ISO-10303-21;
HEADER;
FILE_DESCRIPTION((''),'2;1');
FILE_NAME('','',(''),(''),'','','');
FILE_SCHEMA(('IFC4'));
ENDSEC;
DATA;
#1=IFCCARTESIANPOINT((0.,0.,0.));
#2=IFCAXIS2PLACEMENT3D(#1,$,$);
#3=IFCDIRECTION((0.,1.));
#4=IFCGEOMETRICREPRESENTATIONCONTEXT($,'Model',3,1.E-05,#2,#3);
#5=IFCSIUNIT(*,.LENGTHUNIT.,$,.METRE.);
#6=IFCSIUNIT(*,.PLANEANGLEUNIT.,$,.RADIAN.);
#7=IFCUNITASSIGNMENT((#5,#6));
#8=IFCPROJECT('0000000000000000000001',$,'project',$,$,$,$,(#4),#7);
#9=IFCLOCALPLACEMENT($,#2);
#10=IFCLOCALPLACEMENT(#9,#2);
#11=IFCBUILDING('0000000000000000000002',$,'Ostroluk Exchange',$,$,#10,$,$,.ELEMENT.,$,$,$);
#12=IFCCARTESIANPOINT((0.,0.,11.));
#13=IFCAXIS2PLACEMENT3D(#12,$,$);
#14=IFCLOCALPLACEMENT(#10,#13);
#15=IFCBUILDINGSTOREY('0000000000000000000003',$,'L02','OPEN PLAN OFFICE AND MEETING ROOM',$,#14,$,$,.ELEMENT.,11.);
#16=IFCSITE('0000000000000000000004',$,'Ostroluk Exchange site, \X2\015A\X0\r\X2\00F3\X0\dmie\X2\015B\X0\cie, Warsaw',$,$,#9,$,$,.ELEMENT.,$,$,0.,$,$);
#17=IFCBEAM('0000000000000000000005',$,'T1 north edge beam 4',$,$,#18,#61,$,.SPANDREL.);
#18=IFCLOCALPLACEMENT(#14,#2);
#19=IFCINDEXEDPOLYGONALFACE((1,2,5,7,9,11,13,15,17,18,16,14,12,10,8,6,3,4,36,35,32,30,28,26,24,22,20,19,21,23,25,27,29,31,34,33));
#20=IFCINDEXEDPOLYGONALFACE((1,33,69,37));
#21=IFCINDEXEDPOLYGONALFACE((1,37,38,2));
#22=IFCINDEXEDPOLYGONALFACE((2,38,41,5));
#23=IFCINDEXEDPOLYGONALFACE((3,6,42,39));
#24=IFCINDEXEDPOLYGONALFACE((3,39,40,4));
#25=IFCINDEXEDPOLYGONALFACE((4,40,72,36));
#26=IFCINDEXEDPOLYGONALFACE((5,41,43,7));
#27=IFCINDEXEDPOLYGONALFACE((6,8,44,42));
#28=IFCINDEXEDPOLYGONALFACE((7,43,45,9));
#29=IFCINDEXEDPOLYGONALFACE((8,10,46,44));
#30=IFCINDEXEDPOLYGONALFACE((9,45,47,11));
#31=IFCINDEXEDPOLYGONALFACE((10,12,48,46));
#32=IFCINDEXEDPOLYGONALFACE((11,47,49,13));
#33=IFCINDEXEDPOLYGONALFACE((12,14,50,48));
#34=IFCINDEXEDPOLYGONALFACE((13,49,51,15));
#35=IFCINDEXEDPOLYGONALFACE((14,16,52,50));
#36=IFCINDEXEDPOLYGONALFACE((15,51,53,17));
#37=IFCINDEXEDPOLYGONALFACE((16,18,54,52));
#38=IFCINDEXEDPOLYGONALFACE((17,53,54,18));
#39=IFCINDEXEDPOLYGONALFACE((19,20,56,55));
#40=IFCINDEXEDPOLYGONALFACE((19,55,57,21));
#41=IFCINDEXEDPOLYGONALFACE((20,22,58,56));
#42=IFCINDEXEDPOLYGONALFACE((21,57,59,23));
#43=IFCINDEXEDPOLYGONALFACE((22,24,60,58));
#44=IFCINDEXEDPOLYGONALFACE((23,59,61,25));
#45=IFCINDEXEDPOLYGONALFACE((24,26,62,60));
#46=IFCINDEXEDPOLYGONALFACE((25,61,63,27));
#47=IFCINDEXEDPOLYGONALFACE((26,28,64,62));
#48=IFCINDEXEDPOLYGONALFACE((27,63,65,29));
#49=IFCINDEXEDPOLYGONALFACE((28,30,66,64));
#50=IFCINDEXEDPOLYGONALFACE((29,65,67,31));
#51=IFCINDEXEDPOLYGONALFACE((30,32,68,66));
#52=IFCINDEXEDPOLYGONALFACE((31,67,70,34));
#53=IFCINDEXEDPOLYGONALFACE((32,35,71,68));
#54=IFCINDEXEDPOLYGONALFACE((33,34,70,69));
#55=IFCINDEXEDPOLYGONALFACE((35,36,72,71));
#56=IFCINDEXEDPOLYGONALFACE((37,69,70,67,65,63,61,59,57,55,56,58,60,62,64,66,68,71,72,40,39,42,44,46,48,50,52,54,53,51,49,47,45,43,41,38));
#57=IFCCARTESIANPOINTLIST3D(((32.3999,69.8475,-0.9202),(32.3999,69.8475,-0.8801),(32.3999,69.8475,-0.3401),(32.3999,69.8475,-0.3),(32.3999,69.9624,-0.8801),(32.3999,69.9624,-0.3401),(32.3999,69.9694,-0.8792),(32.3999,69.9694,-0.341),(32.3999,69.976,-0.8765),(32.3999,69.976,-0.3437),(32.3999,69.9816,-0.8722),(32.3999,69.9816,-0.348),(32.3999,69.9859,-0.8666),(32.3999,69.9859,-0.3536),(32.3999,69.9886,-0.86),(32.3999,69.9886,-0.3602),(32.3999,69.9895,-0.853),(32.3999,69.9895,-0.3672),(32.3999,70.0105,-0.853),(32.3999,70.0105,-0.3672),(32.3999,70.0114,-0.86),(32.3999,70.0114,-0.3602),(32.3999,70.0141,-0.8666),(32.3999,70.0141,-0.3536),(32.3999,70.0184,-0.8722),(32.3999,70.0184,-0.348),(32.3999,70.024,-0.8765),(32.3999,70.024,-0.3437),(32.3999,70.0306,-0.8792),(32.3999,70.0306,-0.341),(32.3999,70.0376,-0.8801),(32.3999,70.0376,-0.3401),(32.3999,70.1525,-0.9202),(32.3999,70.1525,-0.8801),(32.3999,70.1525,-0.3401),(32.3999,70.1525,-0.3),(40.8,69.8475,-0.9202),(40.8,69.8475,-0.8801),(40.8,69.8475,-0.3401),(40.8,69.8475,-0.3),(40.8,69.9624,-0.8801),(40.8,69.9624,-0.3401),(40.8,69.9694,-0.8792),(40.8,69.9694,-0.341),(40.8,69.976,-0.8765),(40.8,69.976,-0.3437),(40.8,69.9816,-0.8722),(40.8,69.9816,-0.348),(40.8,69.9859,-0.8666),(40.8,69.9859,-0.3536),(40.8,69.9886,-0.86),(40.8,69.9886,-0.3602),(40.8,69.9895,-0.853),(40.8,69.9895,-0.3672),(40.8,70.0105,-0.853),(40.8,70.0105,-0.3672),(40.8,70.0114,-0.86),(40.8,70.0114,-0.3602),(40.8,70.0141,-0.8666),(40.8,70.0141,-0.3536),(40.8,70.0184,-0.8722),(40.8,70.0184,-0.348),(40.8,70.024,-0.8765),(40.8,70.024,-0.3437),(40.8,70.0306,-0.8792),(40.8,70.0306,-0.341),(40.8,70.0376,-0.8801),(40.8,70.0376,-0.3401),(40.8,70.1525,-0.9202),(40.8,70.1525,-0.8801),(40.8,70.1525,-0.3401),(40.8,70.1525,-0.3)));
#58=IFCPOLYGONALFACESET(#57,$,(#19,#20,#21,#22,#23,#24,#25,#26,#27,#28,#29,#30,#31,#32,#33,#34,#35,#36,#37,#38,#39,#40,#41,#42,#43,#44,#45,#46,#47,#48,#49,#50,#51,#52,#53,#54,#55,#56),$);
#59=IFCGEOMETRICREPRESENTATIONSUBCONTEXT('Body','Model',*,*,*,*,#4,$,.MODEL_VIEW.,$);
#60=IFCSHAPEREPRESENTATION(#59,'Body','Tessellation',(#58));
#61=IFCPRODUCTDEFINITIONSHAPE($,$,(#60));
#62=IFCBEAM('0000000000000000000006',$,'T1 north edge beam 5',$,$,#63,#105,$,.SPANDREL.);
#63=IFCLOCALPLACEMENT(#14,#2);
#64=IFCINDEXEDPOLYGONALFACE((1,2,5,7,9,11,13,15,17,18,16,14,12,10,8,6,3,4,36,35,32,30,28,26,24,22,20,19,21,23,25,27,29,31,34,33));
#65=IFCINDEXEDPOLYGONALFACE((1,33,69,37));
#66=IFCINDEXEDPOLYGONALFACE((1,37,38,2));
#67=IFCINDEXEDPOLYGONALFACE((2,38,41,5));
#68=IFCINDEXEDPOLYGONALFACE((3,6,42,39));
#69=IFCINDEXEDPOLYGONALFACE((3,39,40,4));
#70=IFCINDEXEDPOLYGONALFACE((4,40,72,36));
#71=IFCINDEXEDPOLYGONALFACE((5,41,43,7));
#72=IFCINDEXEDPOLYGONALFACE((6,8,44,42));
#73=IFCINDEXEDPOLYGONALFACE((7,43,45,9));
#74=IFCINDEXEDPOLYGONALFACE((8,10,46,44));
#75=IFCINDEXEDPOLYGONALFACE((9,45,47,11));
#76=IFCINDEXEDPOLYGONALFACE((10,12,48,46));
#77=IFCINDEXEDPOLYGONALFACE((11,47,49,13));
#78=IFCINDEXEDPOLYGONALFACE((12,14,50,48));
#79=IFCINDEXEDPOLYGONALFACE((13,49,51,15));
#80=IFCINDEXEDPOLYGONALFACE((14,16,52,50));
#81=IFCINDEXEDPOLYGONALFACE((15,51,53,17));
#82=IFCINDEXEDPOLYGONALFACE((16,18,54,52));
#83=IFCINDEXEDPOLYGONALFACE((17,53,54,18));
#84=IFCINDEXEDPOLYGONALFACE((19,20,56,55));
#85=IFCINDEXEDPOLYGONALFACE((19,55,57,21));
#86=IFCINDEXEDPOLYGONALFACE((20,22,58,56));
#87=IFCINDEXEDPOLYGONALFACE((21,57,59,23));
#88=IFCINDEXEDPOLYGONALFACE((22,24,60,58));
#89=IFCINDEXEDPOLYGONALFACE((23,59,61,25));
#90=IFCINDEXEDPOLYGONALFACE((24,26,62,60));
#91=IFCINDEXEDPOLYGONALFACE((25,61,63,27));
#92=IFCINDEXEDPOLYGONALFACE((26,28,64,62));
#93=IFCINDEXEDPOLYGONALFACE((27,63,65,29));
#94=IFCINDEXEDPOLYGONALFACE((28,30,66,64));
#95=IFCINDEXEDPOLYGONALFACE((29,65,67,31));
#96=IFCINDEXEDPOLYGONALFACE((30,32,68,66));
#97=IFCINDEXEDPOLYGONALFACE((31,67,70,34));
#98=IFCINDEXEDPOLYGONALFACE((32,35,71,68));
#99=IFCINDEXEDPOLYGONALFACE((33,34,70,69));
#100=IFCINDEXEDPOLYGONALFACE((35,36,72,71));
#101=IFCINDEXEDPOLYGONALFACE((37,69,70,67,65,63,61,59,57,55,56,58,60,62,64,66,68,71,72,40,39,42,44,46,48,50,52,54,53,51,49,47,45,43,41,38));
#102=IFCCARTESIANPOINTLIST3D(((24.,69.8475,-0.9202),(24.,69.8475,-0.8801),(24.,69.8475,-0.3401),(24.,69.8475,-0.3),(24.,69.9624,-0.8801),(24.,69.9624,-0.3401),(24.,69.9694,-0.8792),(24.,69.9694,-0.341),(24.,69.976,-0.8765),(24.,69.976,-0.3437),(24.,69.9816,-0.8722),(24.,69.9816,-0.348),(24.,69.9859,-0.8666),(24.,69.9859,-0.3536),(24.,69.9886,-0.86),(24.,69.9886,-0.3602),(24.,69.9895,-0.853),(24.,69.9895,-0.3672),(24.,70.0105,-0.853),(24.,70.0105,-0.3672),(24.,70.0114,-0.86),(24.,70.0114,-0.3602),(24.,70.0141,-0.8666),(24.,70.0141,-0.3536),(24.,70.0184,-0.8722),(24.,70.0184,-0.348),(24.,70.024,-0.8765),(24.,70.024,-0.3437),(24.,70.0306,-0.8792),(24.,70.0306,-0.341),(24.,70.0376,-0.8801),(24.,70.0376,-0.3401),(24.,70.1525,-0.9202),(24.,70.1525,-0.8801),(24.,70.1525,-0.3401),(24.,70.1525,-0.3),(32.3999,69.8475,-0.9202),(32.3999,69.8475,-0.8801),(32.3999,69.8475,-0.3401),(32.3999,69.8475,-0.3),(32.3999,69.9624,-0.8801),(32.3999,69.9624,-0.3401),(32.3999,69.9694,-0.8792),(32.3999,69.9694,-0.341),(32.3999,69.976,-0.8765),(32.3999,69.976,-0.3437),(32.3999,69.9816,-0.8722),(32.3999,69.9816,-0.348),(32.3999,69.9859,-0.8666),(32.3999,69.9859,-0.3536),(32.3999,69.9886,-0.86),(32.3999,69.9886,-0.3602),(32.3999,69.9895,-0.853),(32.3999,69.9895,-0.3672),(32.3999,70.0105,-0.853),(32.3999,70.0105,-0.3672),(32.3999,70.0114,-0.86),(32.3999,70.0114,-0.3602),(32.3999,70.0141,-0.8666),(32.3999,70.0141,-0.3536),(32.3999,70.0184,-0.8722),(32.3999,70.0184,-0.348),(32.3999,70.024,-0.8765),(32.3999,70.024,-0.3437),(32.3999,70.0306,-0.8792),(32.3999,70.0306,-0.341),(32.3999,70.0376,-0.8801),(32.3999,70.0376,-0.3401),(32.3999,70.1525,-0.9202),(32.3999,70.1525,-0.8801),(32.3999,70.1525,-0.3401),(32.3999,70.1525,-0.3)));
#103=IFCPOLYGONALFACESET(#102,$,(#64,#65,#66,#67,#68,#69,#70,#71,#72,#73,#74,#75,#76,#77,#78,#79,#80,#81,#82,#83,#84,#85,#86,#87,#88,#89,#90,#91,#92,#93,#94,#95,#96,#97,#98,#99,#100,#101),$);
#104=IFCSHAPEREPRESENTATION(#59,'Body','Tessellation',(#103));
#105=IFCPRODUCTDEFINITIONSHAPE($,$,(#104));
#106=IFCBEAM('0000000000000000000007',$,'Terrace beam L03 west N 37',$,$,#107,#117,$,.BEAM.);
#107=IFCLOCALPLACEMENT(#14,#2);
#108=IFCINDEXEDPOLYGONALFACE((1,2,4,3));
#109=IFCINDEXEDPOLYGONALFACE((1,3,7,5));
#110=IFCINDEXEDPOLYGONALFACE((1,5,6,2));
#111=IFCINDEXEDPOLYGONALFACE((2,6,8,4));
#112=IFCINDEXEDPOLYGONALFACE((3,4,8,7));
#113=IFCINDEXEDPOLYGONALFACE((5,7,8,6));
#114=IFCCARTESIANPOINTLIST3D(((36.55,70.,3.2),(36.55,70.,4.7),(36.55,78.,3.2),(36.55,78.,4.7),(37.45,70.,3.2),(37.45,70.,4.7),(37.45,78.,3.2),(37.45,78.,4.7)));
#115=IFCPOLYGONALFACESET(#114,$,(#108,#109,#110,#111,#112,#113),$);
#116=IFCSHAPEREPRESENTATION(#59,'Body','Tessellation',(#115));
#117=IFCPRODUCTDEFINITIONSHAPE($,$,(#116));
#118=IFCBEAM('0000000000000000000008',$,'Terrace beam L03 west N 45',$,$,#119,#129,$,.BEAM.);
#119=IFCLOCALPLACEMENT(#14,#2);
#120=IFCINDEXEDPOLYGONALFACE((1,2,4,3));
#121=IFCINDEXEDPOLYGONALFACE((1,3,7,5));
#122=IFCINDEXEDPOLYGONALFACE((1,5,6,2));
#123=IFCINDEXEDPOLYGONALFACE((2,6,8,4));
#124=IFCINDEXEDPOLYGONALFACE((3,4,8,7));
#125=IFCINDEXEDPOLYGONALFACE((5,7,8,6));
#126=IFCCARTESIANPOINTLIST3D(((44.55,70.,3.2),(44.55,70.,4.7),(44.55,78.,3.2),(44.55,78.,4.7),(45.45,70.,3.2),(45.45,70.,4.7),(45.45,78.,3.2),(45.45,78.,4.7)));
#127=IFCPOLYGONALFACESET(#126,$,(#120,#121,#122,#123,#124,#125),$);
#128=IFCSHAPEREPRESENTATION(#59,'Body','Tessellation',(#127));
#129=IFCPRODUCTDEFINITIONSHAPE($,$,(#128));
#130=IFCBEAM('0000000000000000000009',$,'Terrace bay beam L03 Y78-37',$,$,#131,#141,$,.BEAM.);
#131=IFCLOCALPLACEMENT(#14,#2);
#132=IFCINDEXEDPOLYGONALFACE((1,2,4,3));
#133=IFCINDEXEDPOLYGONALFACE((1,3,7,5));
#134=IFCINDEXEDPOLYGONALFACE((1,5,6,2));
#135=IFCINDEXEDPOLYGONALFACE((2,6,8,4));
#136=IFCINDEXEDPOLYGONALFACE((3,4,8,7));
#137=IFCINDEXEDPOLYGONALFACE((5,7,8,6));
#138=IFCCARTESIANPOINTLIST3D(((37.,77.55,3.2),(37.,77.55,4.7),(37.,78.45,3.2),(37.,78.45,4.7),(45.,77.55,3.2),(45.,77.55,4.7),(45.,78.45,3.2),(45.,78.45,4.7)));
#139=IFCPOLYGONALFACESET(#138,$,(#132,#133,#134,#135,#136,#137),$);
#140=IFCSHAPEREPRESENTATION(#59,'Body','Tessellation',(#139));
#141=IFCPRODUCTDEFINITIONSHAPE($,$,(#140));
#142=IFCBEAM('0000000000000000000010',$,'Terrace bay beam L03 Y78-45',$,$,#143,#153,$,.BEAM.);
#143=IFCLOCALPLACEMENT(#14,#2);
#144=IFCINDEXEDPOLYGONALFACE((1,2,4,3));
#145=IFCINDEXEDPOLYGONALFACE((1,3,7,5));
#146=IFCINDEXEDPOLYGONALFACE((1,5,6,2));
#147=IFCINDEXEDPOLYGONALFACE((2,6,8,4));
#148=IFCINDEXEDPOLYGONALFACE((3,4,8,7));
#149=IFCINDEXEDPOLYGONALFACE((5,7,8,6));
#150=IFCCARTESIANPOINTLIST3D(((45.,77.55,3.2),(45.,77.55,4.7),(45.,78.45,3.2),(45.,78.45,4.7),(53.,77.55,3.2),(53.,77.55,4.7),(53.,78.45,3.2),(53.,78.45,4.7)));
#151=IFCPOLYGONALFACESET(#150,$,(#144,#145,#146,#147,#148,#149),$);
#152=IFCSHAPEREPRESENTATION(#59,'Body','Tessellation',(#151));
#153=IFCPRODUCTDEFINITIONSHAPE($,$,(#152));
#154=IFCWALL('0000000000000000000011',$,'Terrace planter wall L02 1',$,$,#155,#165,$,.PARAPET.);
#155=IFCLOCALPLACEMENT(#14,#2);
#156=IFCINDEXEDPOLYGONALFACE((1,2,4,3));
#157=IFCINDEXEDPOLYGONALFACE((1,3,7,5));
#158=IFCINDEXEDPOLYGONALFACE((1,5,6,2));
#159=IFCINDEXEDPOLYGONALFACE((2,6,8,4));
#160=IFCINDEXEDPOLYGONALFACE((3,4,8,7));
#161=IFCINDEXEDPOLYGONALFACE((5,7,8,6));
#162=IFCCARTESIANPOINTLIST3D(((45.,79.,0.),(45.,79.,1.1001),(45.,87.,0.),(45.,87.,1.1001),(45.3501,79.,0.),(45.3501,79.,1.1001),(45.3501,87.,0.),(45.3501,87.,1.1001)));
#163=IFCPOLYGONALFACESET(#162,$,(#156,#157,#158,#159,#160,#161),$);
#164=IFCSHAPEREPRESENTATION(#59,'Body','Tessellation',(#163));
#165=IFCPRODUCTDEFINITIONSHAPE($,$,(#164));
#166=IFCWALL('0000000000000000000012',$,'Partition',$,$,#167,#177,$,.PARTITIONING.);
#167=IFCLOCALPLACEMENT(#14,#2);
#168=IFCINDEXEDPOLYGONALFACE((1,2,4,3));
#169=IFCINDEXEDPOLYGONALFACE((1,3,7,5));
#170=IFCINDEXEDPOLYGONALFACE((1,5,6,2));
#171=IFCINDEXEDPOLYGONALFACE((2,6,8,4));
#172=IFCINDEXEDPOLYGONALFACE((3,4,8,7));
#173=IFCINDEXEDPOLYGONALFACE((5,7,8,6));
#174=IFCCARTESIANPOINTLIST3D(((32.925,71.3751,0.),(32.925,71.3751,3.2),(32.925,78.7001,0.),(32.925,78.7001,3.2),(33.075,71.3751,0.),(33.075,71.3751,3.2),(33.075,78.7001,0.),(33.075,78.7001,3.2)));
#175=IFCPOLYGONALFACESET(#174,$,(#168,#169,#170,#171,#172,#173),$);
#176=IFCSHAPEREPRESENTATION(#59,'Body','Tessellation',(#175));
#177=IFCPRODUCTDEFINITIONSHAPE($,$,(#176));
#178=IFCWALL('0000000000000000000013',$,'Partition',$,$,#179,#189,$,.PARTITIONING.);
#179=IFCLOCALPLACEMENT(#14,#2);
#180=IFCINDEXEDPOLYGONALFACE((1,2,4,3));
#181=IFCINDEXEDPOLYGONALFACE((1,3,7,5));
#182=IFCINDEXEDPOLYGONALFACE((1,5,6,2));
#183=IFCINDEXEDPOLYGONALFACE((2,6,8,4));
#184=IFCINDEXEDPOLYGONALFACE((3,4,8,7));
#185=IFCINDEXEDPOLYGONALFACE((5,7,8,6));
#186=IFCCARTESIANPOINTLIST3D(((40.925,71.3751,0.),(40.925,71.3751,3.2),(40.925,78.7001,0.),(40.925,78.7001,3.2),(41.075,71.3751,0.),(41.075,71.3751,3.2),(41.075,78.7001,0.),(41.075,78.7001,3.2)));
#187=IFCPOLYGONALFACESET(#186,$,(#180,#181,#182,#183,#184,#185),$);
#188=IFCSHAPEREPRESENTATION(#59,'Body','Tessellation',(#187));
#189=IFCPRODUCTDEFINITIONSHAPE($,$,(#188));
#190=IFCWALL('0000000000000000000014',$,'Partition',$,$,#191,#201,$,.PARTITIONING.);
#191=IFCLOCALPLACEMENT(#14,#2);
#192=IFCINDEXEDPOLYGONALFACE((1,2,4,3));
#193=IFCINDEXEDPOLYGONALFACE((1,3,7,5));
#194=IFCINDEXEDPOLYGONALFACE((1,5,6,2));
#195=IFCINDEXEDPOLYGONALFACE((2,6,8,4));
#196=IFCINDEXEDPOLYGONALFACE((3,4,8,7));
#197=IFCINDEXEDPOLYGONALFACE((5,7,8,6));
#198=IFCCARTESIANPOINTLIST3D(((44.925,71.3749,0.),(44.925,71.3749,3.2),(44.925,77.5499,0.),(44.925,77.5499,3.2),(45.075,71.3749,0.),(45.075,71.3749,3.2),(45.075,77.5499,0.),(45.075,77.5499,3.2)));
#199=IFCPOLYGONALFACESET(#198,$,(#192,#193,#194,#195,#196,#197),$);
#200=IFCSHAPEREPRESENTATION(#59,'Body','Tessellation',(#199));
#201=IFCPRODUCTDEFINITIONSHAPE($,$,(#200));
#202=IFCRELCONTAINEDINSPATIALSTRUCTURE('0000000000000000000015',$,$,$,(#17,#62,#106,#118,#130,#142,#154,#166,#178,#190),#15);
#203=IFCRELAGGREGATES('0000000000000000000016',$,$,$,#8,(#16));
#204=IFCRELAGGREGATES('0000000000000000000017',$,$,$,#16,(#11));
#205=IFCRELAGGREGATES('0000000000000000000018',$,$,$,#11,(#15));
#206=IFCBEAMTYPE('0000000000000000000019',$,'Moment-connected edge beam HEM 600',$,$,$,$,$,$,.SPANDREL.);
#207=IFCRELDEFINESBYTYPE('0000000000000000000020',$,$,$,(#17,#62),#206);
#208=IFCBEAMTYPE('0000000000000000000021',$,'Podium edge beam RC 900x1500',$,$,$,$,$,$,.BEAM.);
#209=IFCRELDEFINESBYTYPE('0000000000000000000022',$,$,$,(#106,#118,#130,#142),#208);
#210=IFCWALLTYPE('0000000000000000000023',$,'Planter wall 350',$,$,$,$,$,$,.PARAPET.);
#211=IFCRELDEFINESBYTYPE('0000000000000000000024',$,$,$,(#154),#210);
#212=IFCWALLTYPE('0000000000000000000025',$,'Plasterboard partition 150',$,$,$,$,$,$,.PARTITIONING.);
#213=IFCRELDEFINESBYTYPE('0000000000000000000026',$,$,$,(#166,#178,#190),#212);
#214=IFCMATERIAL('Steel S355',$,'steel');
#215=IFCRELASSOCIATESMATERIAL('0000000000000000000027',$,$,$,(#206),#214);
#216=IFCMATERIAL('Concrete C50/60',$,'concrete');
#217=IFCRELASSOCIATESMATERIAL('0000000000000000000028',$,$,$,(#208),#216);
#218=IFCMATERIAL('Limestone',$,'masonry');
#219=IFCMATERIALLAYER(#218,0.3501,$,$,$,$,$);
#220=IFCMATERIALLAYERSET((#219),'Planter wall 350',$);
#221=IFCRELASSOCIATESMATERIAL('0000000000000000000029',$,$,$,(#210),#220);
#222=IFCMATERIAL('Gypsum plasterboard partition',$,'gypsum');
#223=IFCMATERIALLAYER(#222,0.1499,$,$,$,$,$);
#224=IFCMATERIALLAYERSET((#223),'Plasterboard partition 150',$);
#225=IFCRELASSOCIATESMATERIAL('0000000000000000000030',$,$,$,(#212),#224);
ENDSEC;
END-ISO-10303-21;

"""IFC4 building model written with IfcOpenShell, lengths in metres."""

from ifc_helpers import new_model, si_unit, direction, frame, frame_2d, origin, origin_2d, place, context, subcontext, project, spatial, rectangle, i_section, extrude, material, layer, layer_set, material_profile, profile_set, type_object, element, save


model = new_model("IFC4")

# Units and contexts
model_context = context("Model", 3, precision=1e-05, world=origin(), true_north=direction((0.0, 1.0)))
body_context = subcontext(model_context, "Body", "Model", "MODEL_VIEW")
ifc_project = project(units=[si_unit("LENGTHUNIT", "METRE"), si_unit("PLANEANGLEUNIT", "RADIAN")], contexts=[model_context])

# Site, building, storey
site_placement = place(None, origin())
site = spatial("IfcSite", under=ifc_project, at=site_placement, Name="Ostroluk Exchange site, Śródmieście, Warsaw", CompositionType="ELEMENT", RefElevation=0.0)
building_placement = place(site_placement, origin())
building = spatial("IfcBuilding", under=site, at=building_placement, Name="Ostroluk Exchange", CompositionType="ELEMENT")
storey_placement = place(building_placement, frame((0.0, 0.0, 11.0)))
storey = spatial("IfcBuildingStorey", under=building, at=storey_placement, Name="L02", Description="OPEN PLAN OFFICE AND MEETING ROOM", CompositionType="ELEMENT", Elevation=11.0)

# Beams
ifc_material_1 = material(Name="Steel S355", Category="steel")
ifc_material_profile_1 = material_profile(ifc_material_1, i_section(OverallWidth=0.3049, OverallDepth=0.6201, WebThickness=0.021, FlangeThickness=0.04, FilletRadius=0.0271, at=origin_2d()), Name="HEM 600")
ifc_profile_set_1 = profile_set([ifc_material_profile_1], Name="Steel S355")
beam_type_1 = type_object("IfcBeamType", Name="Moment-connected edge beam HEM 600", PredefinedType="SPANDREL", material=ifc_profile_set_1)
beam_1_placement = place(storey_placement, frame((40.8, 70.0, -0.6101), z_axis=(-1.0, 0.0, 0.0), x_axis=(0.0, -1.0, 0.0)))
element("IfcBeam", 1, at=beam_1_placement, inside=storey, type_object=beam_type_1, Name="T1 north edge beam 4", PredefinedType="SPANDREL", context=body_context, shape_type="SweptSolid", body=[
    extrude(i_section(OverallWidth=0.3049, OverallDepth=0.6201, WebThickness=0.021, FlangeThickness=0.04, FilletRadius=0.0271, at=origin_2d()), origin(), (0.0, 0.0, 1.0), 8.4001),
])
beam_2_placement = place(storey_placement, frame((32.3999, 70.0, -0.6101), z_axis=(-1.0, 0.0, 0.0), x_axis=(0.0, -1.0, 0.0)))
element("IfcBeam", 2, at=beam_2_placement, inside=storey, type_object=beam_type_1, Name="T1 north edge beam 5", PredefinedType="SPANDREL", context=body_context, shape_type="SweptSolid", body=[
    extrude(i_section(OverallWidth=0.3049, OverallDepth=0.6201, WebThickness=0.021, FlangeThickness=0.04, FilletRadius=0.0271, at=origin_2d()), origin(), (0.0, 0.0, 1.0), 8.3999),
])
ifc_material_2 = material(Name="Concrete C50/60", Category="concrete")
ifc_material_profile_2 = material_profile(ifc_material_2, rectangle(XDim=0.8999, YDim=1.5, at=origin_2d()), Name="RC 900x1500")
ifc_profile_set_2 = profile_set([ifc_material_profile_2], Name="Concrete C50/60")
beam_type_2 = type_object("IfcBeamType", Name="Podium edge beam RC 900x1500", PredefinedType="BEAM", material=ifc_profile_set_2)
for number, where, z_axis, x_axis, name in (
    (3, (37.0, 78.0, 3.95), (0.0, -1.0, 0.0), (1.0, 0.0, 0.0), "Terrace beam L03 west N 37"),
    (4, (45.0, 78.0, 3.95), (0.0, -1.0, 0.0), (1.0, 0.0, 0.0), "Terrace beam L03 west N 45"),
    (5, (37.0, 78.0, 3.95), (1.0, 0.0, 0.0), (0.0, 1.0, 0.0), "Terrace bay beam L03 Y78-37"),
    (6, (45.0, 78.0, 3.95), (1.0, 0.0, 0.0), (0.0, 1.0, 0.0), "Terrace bay beam L03 Y78-45"),
):
    element("IfcBeam", number, at=place(storey_placement, frame(where, z_axis=z_axis, x_axis=x_axis)), inside=storey, type_object=beam_type_2, Name=name, PredefinedType="BEAM", context=body_context, shape_type="SweptSolid", body=[
        extrude(rectangle(XDim=0.8999, YDim=1.5, at=origin_2d()), origin(), (0.0, 0.0, 1.0), 8.0),
    ])

# Walls
ifc_material_3 = material(Name="Limestone", Category="masonry")
ifc_layer_1 = layer(ifc_material_3, 0.3501)
ifc_layer_set_1 = layer_set([ifc_layer_1], Name="Planter wall 350")
wall_type_1 = type_object("IfcWallType", Name="Planter wall 350", PredefinedType="PARAPET", material=ifc_layer_set_1)
wall_1_placement = place(storey_placement, frame((45.175, 79.0, 0.0), z_axis=(0.0, 0.0, 1.0), x_axis=(0.0, 1.0, 0.0)))
element("IfcWall", 7, at=wall_1_placement, inside=storey, type_object=wall_type_1, Name="Terrace planter wall L02 1", PredefinedType="PARAPET", context=body_context, shape_type="SweptSolid", body=[
    extrude(rectangle(XDim=8.0, YDim=0.3501, at=frame_2d((4.0, 0.0))), origin(), (0.0, 0.0, 1.0), 1.1001),
])
ifc_material_4 = material(Name="Gypsum plasterboard partition", Category="gypsum")
ifc_layer_2 = layer(ifc_material_4, 0.1499)
ifc_layer_set_2 = layer_set([ifc_layer_2], Name="Plasterboard partition 150")
wall_type_2 = type_object("IfcWallType", Name="Plasterboard partition 150", PredefinedType="PARTITIONING", material=ifc_layer_set_2)
for number, where, z_axis, x_axis, name in (
    (8, (33.0, 71.375, 0.0), (0.0, 0.0, 1.0), (0.0, 1.0, 0.0), "Partition"),
    (9, (41.0, 71.375, 0.0), (0.0, 0.0, 1.0), (0.0, 1.0, 0.0), "Partition"),
):
    element("IfcWall", number, at=place(storey_placement, frame(where, z_axis=z_axis, x_axis=x_axis)), inside=storey, type_object=wall_type_2, Name=name, PredefinedType="PARTITIONING", context=body_context, shape_type="SweptSolid", body=[
        extrude(rectangle(XDim=7.325, YDim=0.1499, at=frame_2d((3.6626, 0.0))), origin(), (0.0, 0.0, 1.0), 3.2),
    ])
wall_2_placement = place(storey_placement, frame((45.0, 71.375, 0.0), z_axis=(0.0, 0.0, 1.0), x_axis=(0.0, 1.0, 0.0)))
element("IfcWall", 10, at=wall_2_placement, inside=storey, type_object=wall_type_2, Name="Partition", PredefinedType="PARTITIONING", context=body_context, shape_type="SweptSolid", body=[
    extrude(rectangle(XDim=6.175, YDim=0.1499, at=frame_2d((3.0874, 0.0))), origin(), (0.0, 0.0, 1.0), 3.2),
])

save(model, "model.ifc")
